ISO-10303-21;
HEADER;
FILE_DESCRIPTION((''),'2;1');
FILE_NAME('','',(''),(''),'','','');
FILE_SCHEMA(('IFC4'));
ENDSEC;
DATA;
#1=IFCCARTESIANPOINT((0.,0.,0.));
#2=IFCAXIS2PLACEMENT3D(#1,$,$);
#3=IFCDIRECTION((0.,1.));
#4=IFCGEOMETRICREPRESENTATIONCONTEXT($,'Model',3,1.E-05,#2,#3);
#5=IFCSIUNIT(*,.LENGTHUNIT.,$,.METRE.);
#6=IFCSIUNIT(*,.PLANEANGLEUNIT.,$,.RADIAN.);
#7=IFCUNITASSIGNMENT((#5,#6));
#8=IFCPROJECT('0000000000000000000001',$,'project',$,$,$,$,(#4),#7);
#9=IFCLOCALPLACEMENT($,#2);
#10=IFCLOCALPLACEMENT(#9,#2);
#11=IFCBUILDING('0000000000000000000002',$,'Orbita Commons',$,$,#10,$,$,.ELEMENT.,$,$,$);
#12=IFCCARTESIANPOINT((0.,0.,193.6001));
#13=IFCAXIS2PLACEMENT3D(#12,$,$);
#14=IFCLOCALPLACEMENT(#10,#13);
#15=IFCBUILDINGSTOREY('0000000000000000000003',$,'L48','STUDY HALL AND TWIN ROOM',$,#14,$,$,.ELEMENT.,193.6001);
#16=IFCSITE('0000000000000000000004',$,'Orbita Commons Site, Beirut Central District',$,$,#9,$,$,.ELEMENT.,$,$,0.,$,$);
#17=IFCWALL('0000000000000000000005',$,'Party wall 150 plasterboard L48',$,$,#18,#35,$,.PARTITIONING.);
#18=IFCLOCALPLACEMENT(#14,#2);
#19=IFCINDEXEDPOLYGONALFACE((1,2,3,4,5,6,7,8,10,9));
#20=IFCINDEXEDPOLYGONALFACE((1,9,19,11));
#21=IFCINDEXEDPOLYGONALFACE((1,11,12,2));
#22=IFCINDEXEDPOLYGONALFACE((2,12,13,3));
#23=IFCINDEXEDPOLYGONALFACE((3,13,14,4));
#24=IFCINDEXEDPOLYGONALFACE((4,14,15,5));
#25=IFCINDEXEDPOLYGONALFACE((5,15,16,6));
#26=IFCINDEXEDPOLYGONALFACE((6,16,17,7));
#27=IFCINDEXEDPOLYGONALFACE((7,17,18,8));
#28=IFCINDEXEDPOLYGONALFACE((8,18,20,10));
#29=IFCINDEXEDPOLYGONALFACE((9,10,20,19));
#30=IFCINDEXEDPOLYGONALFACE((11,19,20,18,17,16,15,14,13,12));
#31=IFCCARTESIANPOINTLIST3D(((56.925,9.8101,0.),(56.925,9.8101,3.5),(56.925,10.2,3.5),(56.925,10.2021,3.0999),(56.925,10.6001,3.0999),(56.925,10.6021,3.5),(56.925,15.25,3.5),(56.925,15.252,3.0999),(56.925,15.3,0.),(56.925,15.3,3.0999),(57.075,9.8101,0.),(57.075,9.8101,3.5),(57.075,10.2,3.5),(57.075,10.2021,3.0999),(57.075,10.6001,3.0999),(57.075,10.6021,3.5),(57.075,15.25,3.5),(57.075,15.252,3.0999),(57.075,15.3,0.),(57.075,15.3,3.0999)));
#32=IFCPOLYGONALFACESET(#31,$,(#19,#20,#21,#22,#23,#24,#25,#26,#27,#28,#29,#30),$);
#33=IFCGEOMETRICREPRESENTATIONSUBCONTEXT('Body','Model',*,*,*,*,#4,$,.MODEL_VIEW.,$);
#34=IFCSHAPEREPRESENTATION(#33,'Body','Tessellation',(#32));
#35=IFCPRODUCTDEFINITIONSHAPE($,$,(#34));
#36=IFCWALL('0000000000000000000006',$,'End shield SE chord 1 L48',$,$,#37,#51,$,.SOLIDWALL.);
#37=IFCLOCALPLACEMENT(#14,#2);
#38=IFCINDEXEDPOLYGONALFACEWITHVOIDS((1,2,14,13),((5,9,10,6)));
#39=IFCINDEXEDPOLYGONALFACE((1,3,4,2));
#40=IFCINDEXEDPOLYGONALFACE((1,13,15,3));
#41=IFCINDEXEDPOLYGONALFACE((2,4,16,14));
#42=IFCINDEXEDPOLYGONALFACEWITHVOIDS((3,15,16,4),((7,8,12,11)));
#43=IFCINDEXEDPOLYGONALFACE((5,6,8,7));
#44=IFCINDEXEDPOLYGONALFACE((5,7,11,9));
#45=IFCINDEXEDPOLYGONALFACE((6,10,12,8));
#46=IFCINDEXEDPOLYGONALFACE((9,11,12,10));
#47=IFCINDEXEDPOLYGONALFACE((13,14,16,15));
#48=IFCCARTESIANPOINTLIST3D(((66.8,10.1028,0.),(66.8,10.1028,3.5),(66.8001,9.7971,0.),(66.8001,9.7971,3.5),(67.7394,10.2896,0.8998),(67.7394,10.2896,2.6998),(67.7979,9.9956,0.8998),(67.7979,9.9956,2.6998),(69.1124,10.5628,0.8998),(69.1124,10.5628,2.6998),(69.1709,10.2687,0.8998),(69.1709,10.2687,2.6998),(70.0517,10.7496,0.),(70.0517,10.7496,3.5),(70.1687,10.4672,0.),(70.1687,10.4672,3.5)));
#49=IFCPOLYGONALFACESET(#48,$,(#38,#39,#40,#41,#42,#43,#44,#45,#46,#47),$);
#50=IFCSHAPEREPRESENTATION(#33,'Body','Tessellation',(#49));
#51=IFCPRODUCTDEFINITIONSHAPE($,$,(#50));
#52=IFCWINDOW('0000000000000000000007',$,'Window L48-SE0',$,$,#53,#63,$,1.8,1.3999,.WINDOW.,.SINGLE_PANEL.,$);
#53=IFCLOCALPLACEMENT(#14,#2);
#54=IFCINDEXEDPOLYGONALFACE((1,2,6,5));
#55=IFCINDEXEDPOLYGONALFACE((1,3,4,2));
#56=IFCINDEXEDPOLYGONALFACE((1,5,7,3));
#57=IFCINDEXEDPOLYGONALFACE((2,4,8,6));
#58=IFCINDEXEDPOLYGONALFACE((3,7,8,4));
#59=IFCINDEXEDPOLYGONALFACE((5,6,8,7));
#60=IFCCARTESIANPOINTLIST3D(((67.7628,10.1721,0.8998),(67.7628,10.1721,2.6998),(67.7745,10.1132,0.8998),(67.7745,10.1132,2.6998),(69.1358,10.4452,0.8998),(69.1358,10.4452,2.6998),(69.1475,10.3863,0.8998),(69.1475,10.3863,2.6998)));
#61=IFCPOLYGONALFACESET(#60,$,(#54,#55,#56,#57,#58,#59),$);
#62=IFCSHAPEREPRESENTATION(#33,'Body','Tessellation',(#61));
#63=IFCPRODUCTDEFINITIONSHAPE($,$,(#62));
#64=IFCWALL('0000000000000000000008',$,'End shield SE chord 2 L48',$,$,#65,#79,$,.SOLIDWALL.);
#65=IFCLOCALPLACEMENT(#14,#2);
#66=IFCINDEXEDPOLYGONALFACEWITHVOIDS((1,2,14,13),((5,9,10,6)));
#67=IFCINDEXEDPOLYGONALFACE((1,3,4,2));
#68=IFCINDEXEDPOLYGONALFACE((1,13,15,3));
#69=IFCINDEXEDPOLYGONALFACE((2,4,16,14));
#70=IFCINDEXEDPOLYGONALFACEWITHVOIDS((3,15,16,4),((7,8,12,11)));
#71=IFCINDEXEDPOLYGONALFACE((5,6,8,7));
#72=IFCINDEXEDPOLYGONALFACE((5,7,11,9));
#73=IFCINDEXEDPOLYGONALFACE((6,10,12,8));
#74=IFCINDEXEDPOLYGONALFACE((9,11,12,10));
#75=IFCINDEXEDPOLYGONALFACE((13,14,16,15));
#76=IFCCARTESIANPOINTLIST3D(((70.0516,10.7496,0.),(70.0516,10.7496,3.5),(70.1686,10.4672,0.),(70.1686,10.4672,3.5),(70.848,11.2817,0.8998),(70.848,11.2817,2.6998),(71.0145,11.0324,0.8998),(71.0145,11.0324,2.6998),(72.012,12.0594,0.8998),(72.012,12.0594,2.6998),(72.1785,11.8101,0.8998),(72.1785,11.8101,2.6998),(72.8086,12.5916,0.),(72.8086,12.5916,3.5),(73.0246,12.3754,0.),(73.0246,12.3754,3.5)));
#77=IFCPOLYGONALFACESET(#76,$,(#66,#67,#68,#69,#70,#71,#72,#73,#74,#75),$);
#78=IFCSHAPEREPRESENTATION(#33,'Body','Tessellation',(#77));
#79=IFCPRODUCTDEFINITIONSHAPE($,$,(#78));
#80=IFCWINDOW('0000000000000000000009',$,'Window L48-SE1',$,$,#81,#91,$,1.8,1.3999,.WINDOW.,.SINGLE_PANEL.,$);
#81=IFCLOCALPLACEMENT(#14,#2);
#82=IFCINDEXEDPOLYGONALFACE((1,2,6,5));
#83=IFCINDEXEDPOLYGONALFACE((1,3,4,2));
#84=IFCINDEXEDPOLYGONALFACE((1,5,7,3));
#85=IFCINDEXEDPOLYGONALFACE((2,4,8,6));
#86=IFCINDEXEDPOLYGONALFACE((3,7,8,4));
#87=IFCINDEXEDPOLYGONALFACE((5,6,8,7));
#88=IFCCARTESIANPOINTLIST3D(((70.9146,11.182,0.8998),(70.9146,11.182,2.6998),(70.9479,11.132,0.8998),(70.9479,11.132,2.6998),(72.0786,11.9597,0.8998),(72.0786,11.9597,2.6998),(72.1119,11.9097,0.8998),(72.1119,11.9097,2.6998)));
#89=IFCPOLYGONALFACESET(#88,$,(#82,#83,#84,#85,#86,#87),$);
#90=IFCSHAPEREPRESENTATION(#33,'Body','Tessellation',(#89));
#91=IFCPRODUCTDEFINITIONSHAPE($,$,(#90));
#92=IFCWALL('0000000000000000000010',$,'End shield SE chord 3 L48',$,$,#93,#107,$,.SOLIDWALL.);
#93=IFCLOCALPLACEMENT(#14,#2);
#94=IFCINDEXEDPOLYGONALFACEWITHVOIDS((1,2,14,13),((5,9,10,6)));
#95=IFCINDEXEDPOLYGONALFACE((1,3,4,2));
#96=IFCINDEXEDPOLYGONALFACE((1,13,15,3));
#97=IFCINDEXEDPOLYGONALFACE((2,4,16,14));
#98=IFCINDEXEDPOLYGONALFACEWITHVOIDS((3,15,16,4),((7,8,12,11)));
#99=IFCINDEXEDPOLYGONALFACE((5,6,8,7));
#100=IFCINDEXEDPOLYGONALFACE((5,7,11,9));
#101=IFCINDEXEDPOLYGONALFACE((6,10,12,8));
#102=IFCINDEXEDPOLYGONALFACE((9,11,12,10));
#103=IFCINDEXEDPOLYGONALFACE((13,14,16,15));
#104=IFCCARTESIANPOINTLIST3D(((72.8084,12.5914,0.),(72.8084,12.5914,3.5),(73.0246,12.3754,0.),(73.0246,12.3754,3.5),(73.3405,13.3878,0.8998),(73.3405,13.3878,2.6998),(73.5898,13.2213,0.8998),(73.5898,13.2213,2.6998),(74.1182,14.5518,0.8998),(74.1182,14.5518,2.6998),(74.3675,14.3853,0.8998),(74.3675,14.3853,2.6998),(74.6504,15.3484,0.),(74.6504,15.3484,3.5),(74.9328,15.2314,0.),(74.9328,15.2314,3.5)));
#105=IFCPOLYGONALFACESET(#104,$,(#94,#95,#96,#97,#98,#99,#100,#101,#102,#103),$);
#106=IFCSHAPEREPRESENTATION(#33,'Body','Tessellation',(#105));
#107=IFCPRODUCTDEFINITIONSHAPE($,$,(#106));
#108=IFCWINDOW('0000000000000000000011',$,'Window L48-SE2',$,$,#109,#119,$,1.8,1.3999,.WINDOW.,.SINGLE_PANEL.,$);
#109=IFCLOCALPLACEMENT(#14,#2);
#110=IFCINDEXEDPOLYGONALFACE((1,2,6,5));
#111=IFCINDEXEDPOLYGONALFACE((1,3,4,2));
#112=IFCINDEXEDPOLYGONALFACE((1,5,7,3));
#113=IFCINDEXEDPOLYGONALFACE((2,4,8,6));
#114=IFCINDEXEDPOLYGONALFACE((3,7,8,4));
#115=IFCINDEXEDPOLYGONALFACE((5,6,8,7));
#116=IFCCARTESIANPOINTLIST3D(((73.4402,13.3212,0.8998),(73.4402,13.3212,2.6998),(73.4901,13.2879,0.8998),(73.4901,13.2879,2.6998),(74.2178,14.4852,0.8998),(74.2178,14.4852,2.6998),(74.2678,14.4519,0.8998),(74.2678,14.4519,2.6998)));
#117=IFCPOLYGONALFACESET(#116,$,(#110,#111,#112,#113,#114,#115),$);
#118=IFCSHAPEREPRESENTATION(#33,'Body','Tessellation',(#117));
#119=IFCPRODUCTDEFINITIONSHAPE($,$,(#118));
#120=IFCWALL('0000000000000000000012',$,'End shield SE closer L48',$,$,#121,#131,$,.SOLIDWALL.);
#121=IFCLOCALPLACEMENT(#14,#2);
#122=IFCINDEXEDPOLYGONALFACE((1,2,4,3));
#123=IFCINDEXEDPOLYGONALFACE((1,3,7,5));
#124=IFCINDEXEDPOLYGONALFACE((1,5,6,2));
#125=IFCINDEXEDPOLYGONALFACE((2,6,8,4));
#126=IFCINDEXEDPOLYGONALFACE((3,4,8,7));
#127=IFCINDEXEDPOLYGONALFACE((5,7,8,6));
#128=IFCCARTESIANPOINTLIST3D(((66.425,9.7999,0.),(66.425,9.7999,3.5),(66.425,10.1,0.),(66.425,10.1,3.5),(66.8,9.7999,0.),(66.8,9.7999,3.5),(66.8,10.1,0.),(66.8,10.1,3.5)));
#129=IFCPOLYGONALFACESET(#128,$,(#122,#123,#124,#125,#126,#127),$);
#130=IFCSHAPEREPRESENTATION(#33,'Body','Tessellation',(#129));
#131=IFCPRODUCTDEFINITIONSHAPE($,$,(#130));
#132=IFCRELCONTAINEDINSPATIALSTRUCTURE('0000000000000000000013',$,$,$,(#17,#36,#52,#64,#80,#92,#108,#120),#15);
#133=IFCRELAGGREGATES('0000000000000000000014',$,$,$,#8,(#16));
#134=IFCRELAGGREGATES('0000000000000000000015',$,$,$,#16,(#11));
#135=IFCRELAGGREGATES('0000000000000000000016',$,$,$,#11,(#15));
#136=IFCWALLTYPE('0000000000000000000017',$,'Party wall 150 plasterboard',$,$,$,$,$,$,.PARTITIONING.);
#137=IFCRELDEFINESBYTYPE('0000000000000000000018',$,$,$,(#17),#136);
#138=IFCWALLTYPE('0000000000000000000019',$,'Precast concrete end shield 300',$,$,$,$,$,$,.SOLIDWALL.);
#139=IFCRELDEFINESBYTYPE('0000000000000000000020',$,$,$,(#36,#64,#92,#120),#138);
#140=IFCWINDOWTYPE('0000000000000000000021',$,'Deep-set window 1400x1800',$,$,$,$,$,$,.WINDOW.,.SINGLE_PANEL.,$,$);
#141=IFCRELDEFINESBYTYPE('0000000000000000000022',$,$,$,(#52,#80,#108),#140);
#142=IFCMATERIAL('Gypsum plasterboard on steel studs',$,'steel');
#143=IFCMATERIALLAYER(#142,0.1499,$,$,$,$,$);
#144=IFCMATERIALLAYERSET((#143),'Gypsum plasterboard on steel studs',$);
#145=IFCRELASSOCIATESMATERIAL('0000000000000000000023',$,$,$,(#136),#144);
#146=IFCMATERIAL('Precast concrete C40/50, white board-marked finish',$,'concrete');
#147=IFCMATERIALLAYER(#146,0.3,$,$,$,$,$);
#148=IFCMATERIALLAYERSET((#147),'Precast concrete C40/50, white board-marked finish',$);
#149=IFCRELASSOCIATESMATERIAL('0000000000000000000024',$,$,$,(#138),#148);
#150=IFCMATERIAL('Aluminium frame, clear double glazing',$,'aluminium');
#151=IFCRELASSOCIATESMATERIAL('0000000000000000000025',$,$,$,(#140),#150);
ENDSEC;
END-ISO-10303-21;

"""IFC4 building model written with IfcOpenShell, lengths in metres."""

from ifc_helpers import new_model, si_unit, direction, frame, frame_2d, origin, place, context, subcontext, project, spatial, polyline, rectangle, outline, extrude, material, layer, layer_set, type_object, element, fill, save


model = new_model("IFC4")

# Units and contexts
model_context = context("Model", 3, precision=1e-05, world=origin(), true_north=direction((0.0, 1.0)))
body_context = subcontext(model_context, "Body", "Model", "MODEL_VIEW")
ifc_project = project(units=[si_unit("LENGTHUNIT", "METRE"), si_unit("PLANEANGLEUNIT", "RADIAN")], contexts=[model_context])

# Site, building, storey
site_placement = place(None, origin())
site = spatial("IfcSite", under=ifc_project, at=site_placement, Name="Orbita Commons Site, Beirut Central District", CompositionType="ELEMENT", RefElevation=0.0)
building_placement = place(site_placement, origin())
building = spatial("IfcBuilding", under=site, at=building_placement, Name="Orbita Commons", CompositionType="ELEMENT")
storey_placement = place(building_placement, frame((0.0, 0.0, 193.6001)))
storey = spatial("IfcBuildingStorey", under=building, at=storey_placement, Name="L48", Description="STUDY HALL AND TWIN ROOM", CompositionType="ELEMENT", Elevation=193.6001)

# Wall
ifc_material_1 = material(Name="Gypsum plasterboard on steel studs", Category="steel")
ifc_layer_1 = layer(ifc_material_1, 0.1499)
ifc_layer_set_1 = layer_set([ifc_layer_1], Name="Gypsum plasterboard on steel studs")
wall_type_1 = type_object("IfcWallType", Name="Party wall 150 plasterboard", PredefinedType="PARTITIONING", material=ifc_layer_set_1)
wall_1_placement = place(storey_placement, frame((57.0, 9.8101, 0.0), z_axis=(0.0, 0.0, 1.0), x_axis=(0.0, 1.0, 0.0)))
element("IfcWall", 1, at=wall_1_placement, inside=storey, type_object=wall_type_1, Name="Party wall 150 plasterboard L48", PredefinedType="PARTITIONING", context=body_context, shape_type="SweptSolid", body=[
    extrude(outline(polyline([(0.0, 0.0), (5.49, 0.0), (5.49, 3.0999), (5.4419, 3.0999), (5.4399, 3.5), (0.792, 3.5), (0.79, 3.0999), (0.3921, 3.0999), (0.3899, 3.5), (0.0, 3.5), (0.0, 0.0)])), frame((0.0, 0.075, 0.0), z_axis=(0.0, -1.0, 0.0), x_axis=(1.0, 0.0, 0.0)), (0.0, 0.0, 1.0), 0.1499),
])

# Walls, openings, windows
ifc_material_2 = material(Name="Precast concrete C40/50, white board-marked finish", Category="concrete")
ifc_layer_2 = layer(ifc_material_2, 0.3)
ifc_layer_set_2 = layer_set([ifc_layer_2], Name="Precast concrete C40/50, white board-marked finish")
wall_type_2 = type_object("IfcWallType", Name="Precast concrete end shield 300", PredefinedType="SOLIDWALL", material=ifc_layer_set_2)
wall_2_placement = place(storey_placement, frame((66.8, 9.95, 0.0), z_axis=(0.0, 0.0, 1.0), x_axis=(0.980783, 0.1951, 0.0)))
wall_2 = element("IfcWall", 2, at=wall_2_placement, inside=storey, type_object=wall_type_2, Name="End shield SE chord 1 L48", PredefinedType="SOLIDWALL", context=body_context, shape_type="SweptSolid", body=[
    extrude(outline(polyline([(-0.0298, -0.1499), (3.4048, -0.1499), (3.3452, 0.1499), (0.0298, 0.1499), (-0.0298, -0.1499)])), origin(), (0.0, 0.0, 1.0), 3.5),
])
opening_1_placement = place(wall_2_placement, frame((0.9875, 0.0, 0.8999)))
opening_1 = element("IfcOpeningElement", 3, at=opening_1_placement, cuts=wall_2, PredefinedType="OPENING", context=body_context, shape_type="SweptSolid", body=[
    extrude(rectangle(XDim=1.3999, YDim=1.8, at=frame_2d((0.7, 0.8999))), frame((0.0, 0.1599, 0.0), z_axis=(0.0, -1.0, 0.0), x_axis=(1.0, 0.0, 0.0)), (0.0, 0.0, 1.0), 0.3201),
])
ifc_material_3 = material(Name="Aluminium frame, clear double glazing", Category="aluminium")
window_type = type_object("IfcWindowType", Name="Deep-set window 1400x1800", PartitioningType="SINGLE_PANEL", PredefinedType="WINDOW", material=ifc_material_3)
window_1_placement = place(opening_1_placement, origin())
window_1 = element("IfcWindow", 4, at=window_1_placement, inside=storey, type_object=window_type, Name="Window L48-SE0", OverallHeight=1.8, OverallWidth=1.3999, PartitioningType="SINGLE_PANEL", PredefinedType="WINDOW", context=body_context, shape_type="SweptSolid", body=[
    extrude(rectangle(XDim=1.3999, YDim=1.8, at=frame_2d((0.7, 0.8999))), frame((0.0, 0.03, 0.0), z_axis=(0.0, -1.0, 0.0), x_axis=(1.0, 0.0, 0.0)), (0.0, 0.0, 1.0), 0.0601),
])
fill(opening_1, window_1)
wall_3_placement = place(storey_placement, frame((70.1101, 10.6084, 0.0), z_axis=(0.0, 0.0, 1.0), x_axis=(0.831493, 0.555535, 0.0)))
wall_3 = element("IfcWall", 5, at=wall_3_placement, inside=storey, type_object=wall_type_2, Name="End shield SE chord 2 L48", PredefinedType="SOLIDWALL", context=body_context, shape_type="SweptSolid", body=[
    extrude(outline(polyline([(-0.0298, -0.1499), (3.405, -0.1499), (3.3455, 0.1499), (0.0298, 0.1499), (-0.0298, -0.1499)])), origin(), (0.0, 0.0, 1.0), 3.5),
])
opening_2_placement = place(wall_3_placement, frame((0.9875, 0.0, 0.8999)))
opening_2 = element("IfcOpeningElement", 6, at=opening_2_placement, cuts=wall_3, PredefinedType="OPENING", context=body_context, shape_type="SweptSolid", body=[
    extrude(rectangle(XDim=1.3999, YDim=1.8, at=frame_2d((0.7, 0.8999))), frame((0.0, 0.1599, 0.0), z_axis=(0.0, -1.0, 0.0), x_axis=(1.0, 0.0, 0.0)), (0.0, 0.0, 1.0), 0.3201),
])
window_2_placement = place(opening_2_placement, origin())
window_2 = element("IfcWindow", 7, at=window_2_placement, inside=storey, type_object=window_type, Name="Window L48-SE1", OverallHeight=1.8, OverallWidth=1.3999, PartitioningType="SINGLE_PANEL", PredefinedType="WINDOW", context=body_context, shape_type="SweptSolid", body=[
    extrude(rectangle(XDim=1.3999, YDim=1.8, at=frame_2d((0.7, 0.8999))), frame((0.0, 0.03, 0.0), z_axis=(0.0, -1.0, 0.0), x_axis=(1.0, 0.0, 0.0)), (0.0, 0.0, 1.0), 0.0601),
])
fill(opening_2, window_2)
wall_4_placement = place(storey_placement, frame((72.9165, 12.4834, 0.0), z_axis=(0.0, 0.0, 1.0), x_axis=(0.555535, 0.831493, 0.0)))
wall_4 = element("IfcWall", 8, at=wall_4_placement, inside=storey, type_object=wall_type_2, Name="End shield SE chord 3 L48", PredefinedType="SOLIDWALL", context=body_context, shape_type="SweptSolid", body=[
    extrude(outline(polyline([(-0.0298, -0.1499), (3.405, -0.1499), (3.3455, 0.1499), (0.0298, 0.1499), (-0.0298, -0.1499)])), origin(), (0.0, 0.0, 1.0), 3.5),
])
opening_3_placement = place(wall_4_placement, frame((0.9875, 0.0, 0.8999)))
opening_3 = element("IfcOpeningElement", 9, at=opening_3_placement, cuts=wall_4, PredefinedType="OPENING", context=body_context, shape_type="SweptSolid", body=[
    extrude(rectangle(XDim=1.3999, YDim=1.8, at=frame_2d((0.7, 0.8999))), frame((0.0, 0.1599, 0.0), z_axis=(0.0, -1.0, 0.0), x_axis=(1.0, 0.0, 0.0)), (0.0, 0.0, 1.0), 0.3201),
])
window_3_placement = place(opening_3_placement, origin())
window_3 = element("IfcWindow", 10, at=window_3_placement, inside=storey, type_object=window_type, Name="Window L48-SE2", OverallHeight=1.8, OverallWidth=1.3999, PartitioningType="SINGLE_PANEL", PredefinedType="WINDOW", context=body_context, shape_type="SweptSolid", body=[
    extrude(rectangle(XDim=1.3999, YDim=1.8, at=frame_2d((0.7, 0.8999))), frame((0.0, 0.03, 0.0), z_axis=(0.0, -1.0, 0.0), x_axis=(1.0, 0.0, 0.0)), (0.0, 0.0, 1.0), 0.0601),
])
fill(opening_3, window_3)

# Wall
wall_5_placement = place(storey_placement, frame((66.8, 9.95, 0.0), z_axis=(0.0, 0.0, 1.0), x_axis=(-1.0, 0.0, 0.0)))
element("IfcWall", 11, at=wall_5_placement, inside=storey, type_object=wall_type_2, Name="End shield SE closer L48", PredefinedType="SOLIDWALL", context=body_context, shape_type="SweptSolid", body=[
    extrude(rectangle(XDim=0.375, YDim=0.3, at=frame_2d((0.1875, 0.0))), origin(), (0.0, 0.0, 1.0), 3.5),
])

save(model, "model.ifc")
